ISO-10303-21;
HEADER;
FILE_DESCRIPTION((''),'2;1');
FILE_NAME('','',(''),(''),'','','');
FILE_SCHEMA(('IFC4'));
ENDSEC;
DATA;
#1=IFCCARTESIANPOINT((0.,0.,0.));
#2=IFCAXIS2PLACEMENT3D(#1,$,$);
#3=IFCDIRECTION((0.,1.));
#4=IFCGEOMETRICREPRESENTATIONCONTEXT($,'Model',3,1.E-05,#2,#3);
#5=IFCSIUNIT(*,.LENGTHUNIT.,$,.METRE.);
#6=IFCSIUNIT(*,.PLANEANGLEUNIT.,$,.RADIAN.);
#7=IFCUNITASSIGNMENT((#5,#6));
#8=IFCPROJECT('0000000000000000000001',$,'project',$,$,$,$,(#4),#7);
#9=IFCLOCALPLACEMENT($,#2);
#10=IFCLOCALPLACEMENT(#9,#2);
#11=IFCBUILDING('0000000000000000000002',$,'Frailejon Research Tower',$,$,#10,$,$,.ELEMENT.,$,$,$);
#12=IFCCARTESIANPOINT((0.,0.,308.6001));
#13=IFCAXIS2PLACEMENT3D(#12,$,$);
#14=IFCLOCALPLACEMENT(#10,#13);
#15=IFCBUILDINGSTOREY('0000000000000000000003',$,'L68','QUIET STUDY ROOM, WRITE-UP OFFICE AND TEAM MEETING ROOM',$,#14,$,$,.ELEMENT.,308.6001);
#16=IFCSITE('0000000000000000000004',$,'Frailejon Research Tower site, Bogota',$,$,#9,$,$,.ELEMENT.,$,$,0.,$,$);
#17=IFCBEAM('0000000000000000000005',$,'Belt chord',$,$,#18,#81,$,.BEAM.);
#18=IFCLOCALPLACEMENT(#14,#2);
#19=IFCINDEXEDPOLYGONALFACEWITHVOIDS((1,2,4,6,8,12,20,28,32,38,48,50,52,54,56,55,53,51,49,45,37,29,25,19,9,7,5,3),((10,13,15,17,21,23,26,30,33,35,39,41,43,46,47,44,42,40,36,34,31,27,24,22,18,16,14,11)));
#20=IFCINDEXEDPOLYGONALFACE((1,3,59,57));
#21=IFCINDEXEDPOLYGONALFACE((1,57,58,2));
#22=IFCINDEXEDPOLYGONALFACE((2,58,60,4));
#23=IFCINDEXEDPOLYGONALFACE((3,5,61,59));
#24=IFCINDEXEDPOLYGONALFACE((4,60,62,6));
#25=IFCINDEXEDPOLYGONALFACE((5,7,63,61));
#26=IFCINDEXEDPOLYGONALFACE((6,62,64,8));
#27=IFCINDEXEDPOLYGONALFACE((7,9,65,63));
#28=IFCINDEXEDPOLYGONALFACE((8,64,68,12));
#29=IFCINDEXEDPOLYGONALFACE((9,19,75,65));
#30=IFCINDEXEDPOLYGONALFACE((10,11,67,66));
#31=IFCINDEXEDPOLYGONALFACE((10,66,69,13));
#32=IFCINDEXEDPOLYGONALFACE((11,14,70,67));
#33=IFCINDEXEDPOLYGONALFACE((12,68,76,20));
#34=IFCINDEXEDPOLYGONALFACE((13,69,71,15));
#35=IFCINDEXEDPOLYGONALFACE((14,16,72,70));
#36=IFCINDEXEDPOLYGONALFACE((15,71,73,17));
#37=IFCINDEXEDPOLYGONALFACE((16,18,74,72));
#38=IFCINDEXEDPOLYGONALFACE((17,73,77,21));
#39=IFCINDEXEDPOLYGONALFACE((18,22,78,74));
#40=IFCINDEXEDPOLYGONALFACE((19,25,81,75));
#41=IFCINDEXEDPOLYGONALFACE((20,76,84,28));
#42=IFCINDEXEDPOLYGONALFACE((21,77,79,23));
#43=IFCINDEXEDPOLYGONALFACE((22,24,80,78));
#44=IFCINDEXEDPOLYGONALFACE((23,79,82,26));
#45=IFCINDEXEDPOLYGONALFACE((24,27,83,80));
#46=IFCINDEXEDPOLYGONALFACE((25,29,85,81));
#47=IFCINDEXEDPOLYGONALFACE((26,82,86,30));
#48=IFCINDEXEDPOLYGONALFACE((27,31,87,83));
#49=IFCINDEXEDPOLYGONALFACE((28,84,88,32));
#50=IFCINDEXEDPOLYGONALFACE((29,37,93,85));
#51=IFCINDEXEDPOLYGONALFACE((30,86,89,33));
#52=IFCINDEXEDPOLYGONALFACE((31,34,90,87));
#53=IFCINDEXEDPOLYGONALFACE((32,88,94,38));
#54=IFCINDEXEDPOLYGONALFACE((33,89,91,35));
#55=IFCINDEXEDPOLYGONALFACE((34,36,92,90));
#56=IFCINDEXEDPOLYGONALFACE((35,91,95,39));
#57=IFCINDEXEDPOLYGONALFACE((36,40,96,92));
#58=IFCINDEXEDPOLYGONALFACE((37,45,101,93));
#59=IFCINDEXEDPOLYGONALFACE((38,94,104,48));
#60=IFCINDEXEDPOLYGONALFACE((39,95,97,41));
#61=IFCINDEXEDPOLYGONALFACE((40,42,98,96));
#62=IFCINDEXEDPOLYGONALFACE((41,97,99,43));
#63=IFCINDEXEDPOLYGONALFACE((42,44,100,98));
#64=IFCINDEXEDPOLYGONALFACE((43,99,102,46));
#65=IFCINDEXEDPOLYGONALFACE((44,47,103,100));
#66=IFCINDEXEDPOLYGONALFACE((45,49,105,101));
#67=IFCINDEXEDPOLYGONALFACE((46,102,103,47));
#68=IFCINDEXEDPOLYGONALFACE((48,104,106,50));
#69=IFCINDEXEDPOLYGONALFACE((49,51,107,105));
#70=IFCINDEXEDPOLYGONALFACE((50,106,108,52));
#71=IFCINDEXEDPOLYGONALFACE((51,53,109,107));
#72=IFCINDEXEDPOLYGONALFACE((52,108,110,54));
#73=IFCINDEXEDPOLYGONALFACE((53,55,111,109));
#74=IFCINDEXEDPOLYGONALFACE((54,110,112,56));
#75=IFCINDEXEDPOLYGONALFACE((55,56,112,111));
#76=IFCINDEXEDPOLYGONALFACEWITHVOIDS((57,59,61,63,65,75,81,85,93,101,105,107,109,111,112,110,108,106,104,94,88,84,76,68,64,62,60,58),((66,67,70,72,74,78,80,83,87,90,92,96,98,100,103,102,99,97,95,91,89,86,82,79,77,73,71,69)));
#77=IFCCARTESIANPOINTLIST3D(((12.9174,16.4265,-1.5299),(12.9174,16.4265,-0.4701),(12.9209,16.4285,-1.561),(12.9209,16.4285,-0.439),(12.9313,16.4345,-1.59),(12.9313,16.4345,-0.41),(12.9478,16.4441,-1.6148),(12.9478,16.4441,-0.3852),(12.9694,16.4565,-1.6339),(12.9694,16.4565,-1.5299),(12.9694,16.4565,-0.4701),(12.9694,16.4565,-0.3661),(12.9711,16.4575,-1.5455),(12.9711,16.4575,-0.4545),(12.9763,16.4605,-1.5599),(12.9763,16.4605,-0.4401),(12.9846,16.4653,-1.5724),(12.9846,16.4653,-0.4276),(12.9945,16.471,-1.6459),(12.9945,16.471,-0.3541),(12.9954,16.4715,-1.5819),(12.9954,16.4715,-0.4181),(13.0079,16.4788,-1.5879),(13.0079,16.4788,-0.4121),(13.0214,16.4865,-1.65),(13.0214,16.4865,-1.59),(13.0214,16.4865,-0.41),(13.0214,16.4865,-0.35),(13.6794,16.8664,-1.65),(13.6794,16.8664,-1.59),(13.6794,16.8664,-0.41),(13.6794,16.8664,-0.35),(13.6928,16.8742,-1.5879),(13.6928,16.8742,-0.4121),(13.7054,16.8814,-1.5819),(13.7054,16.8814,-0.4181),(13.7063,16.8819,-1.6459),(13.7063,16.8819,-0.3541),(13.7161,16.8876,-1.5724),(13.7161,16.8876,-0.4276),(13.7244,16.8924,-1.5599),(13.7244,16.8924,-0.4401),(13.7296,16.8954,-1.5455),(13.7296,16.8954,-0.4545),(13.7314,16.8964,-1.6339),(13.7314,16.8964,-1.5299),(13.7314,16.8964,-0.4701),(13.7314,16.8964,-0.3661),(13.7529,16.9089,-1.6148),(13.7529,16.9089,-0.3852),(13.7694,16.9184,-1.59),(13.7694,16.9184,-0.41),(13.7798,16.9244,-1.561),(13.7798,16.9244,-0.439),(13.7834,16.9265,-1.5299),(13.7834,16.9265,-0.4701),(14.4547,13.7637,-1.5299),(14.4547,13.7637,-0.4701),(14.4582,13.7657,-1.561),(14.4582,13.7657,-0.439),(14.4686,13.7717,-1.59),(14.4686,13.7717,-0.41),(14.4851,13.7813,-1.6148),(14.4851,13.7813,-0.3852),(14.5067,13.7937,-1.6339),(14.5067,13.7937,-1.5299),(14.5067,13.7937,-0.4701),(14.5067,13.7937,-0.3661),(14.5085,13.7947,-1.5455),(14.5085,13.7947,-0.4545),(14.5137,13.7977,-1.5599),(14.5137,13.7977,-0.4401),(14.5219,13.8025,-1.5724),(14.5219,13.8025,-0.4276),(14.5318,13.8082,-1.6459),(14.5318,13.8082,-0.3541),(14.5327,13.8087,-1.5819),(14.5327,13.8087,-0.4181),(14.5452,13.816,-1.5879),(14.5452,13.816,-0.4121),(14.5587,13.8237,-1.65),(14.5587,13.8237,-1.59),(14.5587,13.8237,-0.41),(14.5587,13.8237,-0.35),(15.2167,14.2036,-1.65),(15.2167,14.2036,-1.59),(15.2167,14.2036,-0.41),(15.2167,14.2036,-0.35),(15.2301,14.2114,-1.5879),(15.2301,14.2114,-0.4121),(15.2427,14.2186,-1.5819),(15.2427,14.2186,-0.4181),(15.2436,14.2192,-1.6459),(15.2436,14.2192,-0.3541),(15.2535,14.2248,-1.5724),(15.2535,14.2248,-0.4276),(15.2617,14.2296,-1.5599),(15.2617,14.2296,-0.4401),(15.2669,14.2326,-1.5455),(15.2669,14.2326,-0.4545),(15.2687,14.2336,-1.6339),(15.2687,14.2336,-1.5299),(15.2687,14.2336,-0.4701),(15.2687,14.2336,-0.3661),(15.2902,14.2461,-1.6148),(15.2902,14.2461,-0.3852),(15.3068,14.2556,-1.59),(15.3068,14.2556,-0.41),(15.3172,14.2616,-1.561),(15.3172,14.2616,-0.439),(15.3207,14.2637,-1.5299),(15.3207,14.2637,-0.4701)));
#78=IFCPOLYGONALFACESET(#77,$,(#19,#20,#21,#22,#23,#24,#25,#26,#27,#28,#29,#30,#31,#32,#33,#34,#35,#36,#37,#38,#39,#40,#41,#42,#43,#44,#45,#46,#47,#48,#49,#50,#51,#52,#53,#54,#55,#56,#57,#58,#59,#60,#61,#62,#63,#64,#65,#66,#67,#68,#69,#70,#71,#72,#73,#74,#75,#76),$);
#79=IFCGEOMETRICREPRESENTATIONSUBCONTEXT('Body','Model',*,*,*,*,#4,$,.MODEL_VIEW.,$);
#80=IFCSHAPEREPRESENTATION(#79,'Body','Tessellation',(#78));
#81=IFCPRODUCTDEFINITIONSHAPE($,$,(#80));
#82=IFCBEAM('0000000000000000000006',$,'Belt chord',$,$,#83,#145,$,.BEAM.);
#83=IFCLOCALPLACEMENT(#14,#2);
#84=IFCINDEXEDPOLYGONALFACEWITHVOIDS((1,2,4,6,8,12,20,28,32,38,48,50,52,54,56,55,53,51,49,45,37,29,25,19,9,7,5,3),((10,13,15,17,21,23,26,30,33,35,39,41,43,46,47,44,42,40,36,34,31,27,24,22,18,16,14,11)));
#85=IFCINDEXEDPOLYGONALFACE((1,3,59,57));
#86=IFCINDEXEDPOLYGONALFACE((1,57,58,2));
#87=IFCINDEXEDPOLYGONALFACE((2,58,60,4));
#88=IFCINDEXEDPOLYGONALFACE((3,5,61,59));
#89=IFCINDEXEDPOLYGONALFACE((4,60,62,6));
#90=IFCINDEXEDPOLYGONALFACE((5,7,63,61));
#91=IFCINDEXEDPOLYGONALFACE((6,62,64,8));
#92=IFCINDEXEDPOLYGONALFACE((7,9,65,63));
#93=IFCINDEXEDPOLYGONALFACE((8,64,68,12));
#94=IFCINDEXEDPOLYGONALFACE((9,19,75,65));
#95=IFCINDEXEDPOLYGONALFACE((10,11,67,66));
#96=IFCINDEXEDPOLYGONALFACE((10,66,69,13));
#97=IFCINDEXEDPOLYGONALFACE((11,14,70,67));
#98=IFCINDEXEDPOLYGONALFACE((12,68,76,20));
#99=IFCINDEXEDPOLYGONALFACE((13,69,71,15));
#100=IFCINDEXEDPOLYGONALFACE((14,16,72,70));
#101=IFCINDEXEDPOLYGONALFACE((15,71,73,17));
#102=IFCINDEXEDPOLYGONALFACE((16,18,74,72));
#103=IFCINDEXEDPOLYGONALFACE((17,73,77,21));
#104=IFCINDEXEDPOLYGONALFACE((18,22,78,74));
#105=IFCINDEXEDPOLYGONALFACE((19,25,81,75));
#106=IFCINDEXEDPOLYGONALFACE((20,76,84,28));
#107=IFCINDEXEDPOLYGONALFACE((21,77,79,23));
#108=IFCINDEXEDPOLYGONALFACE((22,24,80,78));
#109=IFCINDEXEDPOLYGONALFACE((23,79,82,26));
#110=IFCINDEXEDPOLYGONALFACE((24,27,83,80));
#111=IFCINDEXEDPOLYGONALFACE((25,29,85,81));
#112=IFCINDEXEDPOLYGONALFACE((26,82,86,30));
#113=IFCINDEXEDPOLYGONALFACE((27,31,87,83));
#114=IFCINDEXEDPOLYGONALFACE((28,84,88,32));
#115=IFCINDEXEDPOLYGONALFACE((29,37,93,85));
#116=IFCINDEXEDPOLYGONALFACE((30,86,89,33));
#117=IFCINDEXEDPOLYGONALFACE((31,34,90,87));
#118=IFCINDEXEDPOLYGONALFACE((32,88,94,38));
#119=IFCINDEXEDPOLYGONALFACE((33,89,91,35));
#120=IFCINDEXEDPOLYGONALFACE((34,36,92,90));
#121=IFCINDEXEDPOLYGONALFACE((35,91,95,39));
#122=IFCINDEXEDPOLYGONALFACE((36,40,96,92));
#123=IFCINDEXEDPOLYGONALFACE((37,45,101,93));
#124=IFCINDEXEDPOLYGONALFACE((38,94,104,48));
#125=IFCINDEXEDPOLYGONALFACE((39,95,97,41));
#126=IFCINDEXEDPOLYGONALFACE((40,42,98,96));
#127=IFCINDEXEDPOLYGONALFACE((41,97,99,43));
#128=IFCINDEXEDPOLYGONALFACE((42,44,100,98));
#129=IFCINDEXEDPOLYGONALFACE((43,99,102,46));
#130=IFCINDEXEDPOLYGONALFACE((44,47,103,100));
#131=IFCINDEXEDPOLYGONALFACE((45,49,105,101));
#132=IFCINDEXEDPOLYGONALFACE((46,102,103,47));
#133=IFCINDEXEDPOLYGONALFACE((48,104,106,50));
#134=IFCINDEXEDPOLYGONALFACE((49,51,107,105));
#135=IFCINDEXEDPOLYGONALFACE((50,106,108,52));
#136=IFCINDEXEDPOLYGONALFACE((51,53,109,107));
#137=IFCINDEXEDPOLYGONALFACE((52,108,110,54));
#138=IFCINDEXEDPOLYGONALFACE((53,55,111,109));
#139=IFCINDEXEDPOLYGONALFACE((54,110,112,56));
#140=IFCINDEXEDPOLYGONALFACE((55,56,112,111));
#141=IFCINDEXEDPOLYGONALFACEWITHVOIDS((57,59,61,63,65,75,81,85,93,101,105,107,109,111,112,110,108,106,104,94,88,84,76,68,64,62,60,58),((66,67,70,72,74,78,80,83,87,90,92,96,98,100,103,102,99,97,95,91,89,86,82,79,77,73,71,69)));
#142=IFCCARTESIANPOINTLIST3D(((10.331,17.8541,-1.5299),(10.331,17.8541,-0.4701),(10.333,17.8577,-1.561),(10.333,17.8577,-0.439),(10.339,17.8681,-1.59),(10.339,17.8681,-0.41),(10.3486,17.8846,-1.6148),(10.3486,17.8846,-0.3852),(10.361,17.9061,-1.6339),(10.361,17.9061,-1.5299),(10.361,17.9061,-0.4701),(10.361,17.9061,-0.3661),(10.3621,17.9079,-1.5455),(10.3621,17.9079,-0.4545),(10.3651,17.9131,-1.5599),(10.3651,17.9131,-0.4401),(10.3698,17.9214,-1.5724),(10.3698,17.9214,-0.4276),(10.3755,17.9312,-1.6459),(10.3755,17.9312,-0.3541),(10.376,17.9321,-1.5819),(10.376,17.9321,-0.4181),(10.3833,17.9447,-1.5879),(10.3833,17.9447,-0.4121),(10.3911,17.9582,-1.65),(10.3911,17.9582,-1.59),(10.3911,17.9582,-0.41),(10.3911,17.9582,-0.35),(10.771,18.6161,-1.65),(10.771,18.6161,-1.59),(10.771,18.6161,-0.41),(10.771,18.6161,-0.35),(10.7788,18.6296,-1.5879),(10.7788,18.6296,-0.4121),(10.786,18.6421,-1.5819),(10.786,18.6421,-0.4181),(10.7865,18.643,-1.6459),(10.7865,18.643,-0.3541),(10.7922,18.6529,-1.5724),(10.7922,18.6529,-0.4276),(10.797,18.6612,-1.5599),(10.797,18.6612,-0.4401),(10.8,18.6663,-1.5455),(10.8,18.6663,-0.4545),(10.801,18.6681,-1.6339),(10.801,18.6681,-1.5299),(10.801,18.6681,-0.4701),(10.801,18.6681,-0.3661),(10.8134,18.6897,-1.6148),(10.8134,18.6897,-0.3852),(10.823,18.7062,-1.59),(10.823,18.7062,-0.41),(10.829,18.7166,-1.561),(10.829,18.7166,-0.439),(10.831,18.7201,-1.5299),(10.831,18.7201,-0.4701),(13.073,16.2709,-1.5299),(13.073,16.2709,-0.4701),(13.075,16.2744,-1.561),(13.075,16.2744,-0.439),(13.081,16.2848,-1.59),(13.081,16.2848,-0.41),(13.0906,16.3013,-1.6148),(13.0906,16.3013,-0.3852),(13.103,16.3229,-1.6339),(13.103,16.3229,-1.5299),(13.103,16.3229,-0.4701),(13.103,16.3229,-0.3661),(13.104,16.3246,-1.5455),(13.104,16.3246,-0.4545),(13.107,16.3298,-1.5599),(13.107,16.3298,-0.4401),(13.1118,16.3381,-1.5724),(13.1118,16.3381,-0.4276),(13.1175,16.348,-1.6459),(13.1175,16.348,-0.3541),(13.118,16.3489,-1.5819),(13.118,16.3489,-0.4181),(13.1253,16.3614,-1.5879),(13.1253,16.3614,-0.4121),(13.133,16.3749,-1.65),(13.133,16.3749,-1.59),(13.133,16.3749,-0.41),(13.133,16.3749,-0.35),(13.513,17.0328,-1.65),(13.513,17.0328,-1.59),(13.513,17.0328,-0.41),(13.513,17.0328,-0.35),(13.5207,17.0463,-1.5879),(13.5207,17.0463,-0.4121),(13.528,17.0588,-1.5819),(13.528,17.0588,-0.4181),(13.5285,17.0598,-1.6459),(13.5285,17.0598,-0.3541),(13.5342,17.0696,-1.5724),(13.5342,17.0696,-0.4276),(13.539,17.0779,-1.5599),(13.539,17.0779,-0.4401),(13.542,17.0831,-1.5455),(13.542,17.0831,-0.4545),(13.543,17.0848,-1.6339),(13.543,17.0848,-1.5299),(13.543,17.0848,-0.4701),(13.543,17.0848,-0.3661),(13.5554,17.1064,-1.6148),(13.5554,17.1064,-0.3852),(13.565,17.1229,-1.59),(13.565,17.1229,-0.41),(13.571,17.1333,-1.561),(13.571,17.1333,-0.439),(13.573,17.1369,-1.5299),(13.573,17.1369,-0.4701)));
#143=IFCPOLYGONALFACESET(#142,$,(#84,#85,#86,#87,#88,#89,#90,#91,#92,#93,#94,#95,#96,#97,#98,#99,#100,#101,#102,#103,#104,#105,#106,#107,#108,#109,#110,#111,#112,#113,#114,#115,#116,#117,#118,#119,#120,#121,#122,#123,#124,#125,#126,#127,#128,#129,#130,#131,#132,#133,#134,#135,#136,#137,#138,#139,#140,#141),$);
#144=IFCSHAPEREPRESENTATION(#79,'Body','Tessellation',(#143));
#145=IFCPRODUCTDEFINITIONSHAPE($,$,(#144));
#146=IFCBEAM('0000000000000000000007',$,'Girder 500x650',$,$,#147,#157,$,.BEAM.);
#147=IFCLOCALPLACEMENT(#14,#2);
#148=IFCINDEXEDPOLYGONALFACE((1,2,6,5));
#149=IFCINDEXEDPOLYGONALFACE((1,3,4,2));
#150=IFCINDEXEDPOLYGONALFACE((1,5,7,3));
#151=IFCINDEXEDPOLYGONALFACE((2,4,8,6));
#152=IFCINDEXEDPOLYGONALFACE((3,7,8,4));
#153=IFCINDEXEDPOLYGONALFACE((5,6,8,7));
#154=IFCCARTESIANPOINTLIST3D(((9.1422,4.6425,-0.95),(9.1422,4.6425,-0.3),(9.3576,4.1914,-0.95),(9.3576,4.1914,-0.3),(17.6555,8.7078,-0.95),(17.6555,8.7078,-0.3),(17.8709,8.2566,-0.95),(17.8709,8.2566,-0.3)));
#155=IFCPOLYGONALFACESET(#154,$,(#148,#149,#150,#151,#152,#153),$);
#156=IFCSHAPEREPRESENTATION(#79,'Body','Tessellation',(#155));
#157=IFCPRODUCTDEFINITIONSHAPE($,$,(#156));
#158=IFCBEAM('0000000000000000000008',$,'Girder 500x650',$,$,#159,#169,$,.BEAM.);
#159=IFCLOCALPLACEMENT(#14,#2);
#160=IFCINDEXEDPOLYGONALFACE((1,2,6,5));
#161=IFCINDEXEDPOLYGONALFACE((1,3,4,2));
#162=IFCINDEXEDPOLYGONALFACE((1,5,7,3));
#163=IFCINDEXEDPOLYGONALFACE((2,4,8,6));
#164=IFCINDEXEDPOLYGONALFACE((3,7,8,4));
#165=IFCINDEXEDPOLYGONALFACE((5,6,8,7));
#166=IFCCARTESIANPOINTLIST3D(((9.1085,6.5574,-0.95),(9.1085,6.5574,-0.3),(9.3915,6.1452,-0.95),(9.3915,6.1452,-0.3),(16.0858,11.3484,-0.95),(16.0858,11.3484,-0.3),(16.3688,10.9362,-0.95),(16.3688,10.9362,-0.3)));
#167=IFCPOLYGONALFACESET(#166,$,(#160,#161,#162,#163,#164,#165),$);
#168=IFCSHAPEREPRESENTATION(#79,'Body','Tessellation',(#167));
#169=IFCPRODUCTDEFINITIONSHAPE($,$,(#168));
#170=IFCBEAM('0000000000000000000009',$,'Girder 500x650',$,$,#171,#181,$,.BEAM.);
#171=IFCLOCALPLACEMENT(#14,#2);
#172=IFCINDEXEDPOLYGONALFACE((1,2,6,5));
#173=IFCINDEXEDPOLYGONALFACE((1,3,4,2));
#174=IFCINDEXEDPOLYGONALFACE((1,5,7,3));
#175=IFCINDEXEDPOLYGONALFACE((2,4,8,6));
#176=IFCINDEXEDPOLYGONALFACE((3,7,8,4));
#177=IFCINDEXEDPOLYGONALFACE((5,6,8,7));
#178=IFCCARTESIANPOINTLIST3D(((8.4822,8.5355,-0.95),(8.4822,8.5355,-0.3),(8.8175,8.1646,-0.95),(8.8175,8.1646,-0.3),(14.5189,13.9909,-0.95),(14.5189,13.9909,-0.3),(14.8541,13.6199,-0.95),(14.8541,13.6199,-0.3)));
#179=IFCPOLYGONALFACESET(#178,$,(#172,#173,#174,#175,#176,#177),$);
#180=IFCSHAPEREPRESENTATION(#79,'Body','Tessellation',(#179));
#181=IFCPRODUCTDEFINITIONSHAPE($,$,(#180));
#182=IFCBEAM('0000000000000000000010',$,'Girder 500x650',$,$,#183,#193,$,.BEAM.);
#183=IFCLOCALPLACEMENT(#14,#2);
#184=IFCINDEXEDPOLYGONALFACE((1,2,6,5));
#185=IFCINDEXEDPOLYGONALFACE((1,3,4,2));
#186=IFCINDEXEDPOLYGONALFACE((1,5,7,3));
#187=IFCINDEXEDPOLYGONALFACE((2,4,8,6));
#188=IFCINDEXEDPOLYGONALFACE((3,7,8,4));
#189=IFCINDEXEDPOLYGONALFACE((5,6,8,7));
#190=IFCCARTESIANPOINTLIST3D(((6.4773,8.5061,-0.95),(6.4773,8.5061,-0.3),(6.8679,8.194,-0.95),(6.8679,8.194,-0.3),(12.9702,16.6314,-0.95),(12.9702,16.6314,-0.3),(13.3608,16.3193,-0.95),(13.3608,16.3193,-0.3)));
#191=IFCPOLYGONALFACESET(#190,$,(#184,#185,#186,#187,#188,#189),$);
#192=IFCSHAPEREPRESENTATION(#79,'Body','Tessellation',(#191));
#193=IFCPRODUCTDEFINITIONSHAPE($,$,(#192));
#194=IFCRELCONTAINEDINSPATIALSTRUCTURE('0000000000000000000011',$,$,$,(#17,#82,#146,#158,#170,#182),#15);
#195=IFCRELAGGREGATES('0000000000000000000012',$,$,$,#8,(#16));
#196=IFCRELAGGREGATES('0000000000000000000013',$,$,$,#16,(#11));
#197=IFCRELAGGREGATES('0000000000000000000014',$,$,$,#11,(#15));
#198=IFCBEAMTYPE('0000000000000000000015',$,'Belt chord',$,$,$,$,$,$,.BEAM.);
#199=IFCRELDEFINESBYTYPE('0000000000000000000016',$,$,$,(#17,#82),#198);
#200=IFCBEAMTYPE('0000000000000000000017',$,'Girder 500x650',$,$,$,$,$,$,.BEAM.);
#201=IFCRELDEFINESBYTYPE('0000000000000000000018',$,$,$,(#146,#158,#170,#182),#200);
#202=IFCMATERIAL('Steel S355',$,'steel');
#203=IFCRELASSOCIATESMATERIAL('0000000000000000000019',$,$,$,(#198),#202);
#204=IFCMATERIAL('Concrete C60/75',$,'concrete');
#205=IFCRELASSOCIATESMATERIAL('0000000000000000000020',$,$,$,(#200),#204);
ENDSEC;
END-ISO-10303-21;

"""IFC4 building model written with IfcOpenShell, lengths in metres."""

from ifc_helpers import new_model, si_unit, direction, frame, origin, origin_2d, place, context, subcontext, project, spatial, rectangle, hollow_rectangle, extrude, material, material_profile, profile_set, type_object, element, save


model = new_model("IFC4")

# Units and contexts
model_context = context("Model", 3, precision=1e-05, world=origin(), true_north=direction((0.0, 1.0)))
body_context = subcontext(model_context, "Body", "Model", "MODEL_VIEW")
ifc_project = project(units=[si_unit("LENGTHUNIT", "METRE"), si_unit("PLANEANGLEUNIT", "RADIAN")], contexts=[model_context])

# Site, building, storey
site_placement = place(None, origin())
site = spatial("IfcSite", under=ifc_project, at=site_placement, Name="Frailejon Research Tower site, Bogota", CompositionType="ELEMENT", RefElevation=0.0)
building_placement = place(site_placement, origin())
building = spatial("IfcBuilding", under=site, at=building_placement, Name="Frailejon Research Tower", CompositionType="ELEMENT")
storey_placement = place(building_placement, frame((0.0, 0.0, 308.6001)))
storey = spatial("IfcBuildingStorey", under=building, at=storey_placement, Name="L68", Description="QUIET STUDY ROOM, WRITE-UP OFFICE AND TEAM MEETING ROOM", CompositionType="ELEMENT", Elevation=308.6001)

# Beams
ifc_material_1 = material(Name="Steel S355", Category="steel")
ifc_material_profile_1 = material_profile(ifc_material_1, hollow_rectangle(XDim=1.0, YDim=1.3, WallThickness=0.0601, InnerFilletRadius=0.0601, OuterFilletRadius=0.1201, at=origin_2d()), Name="Belt chord")
ifc_profile_set_1 = profile_set([ifc_material_profile_1], Name="Steel S355")
beam_type_1 = type_object("IfcBeamType", Name="Belt chord", PredefinedType="BEAM", material=ifc_profile_set_1)
beam_1_placement = place(storey_placement, frame((14.8877, 14.0137, -1.0), z_axis=(-0.499991, 0.866031, 0.0), x_axis=(-0.866031, -0.499991, 0.0)))
element("IfcBeam", 1, at=beam_1_placement, inside=storey, type_object=beam_type_1, Name="Belt chord", PredefinedType="BEAM", context=body_context, shape_type="SweptSolid", body=[
    extrude(hollow_rectangle(XDim=1.0, YDim=1.3, WallThickness=0.0601, InnerFilletRadius=0.0601, OuterFilletRadius=0.1201, at=origin_2d()), origin(), (0.0, 0.0, 1.0), 3.0747),
])
beam_2_placement = place(storey_placement, frame((13.323, 16.7039, -1.0), z_axis=(-0.865999, 0.500045, 0.0), x_axis=(-0.500045, -0.865999, 0.0)))
element("IfcBeam", 2, at=beam_2_placement, inside=storey, type_object=beam_type_1, Name="Belt chord", PredefinedType="BEAM", context=body_context, shape_type="SweptSolid", body=[
    extrude(hollow_rectangle(XDim=1.0, YDim=1.3, WallThickness=0.0601, InnerFilletRadius=0.0601, OuterFilletRadius=0.1201, at=origin_2d()), origin(), (0.0, 0.0, 1.0), 3.1663),
])
ifc_material_2 = material(Name="Concrete C60/75", Category="concrete")
ifc_material_profile_2 = material_profile(ifc_material_2, rectangle(XDim=0.5, YDim=0.6499, at=origin_2d()), Name="Girder 500x650")
ifc_profile_set_2 = profile_set([ifc_material_profile_2], Name="Concrete C60/75")
beam_type_2 = type_object("IfcBeamType", Name="Girder 500x650", PredefinedType="BEAM", material=ifc_profile_set_2)
beam_3_placement = place(storey_placement, frame((17.7632, 8.4822, -0.625), z_axis=(-0.902396, -0.430909, 0.0), x_axis=(0.430909, -0.902396, 0.0)))
element("IfcBeam", 3, at=beam_3_placement, inside=storey, type_object=beam_type_2, Name="Girder 500x650", PredefinedType="BEAM", context=body_context, shape_type="SweptSolid", body=[
    extrude(rectangle(XDim=0.5, YDim=0.6499, at=origin_2d()), origin(), (0.0, 0.0, 1.0), 9.4341),
])
beam_4_placement = place(storey_placement, frame((16.2273, 11.1423, -0.625), z_axis=(-0.824366, -0.566057, 0.0), x_axis=(0.566057, -0.824366, 0.0)))
element("IfcBeam", 4, at=beam_4_placement, inside=storey, type_object=beam_type_2, Name="Girder 500x650", PredefinedType="BEAM", context=body_context, shape_type="SweptSolid", body=[
    extrude(rectangle(XDim=0.5, YDim=0.6499, at=origin_2d()), origin(), (0.0, 0.0, 1.0), 8.4639),
])
beam_5_placement = place(storey_placement, frame((14.6865, 13.8054, -0.625), z_axis=(-0.741926, -0.670482, 0.0), x_axis=(0.670482, -0.741926, 0.0)))
element("IfcBeam", 5, at=beam_5_placement, inside=storey, type_object=beam_type_2, Name="Girder 500x650", PredefinedType="BEAM", context=body_context, shape_type="SweptSolid", body=[
    extrude(rectangle(XDim=0.5, YDim=0.6499, at=origin_2d()), origin(), (0.0, 0.0, 1.0), 8.1365),
])
beam_6_placement = place(storey_placement, frame((13.1655, 16.4753, -0.625), z_axis=(-0.624268, -0.78121, 0.0), x_axis=(0.78121, -0.624268, 0.0)))
element("IfcBeam", 6, at=beam_6_placement, inside=storey, type_object=beam_type_2, Name="Girder 500x650", PredefinedType="BEAM", context=body_context, shape_type="SweptSolid", body=[
    extrude(rectangle(XDim=0.5, YDim=0.6499, at=origin_2d()), origin(), (0.0, 0.0, 1.0), 10.4009),
])

save(model, "model.ifc")
